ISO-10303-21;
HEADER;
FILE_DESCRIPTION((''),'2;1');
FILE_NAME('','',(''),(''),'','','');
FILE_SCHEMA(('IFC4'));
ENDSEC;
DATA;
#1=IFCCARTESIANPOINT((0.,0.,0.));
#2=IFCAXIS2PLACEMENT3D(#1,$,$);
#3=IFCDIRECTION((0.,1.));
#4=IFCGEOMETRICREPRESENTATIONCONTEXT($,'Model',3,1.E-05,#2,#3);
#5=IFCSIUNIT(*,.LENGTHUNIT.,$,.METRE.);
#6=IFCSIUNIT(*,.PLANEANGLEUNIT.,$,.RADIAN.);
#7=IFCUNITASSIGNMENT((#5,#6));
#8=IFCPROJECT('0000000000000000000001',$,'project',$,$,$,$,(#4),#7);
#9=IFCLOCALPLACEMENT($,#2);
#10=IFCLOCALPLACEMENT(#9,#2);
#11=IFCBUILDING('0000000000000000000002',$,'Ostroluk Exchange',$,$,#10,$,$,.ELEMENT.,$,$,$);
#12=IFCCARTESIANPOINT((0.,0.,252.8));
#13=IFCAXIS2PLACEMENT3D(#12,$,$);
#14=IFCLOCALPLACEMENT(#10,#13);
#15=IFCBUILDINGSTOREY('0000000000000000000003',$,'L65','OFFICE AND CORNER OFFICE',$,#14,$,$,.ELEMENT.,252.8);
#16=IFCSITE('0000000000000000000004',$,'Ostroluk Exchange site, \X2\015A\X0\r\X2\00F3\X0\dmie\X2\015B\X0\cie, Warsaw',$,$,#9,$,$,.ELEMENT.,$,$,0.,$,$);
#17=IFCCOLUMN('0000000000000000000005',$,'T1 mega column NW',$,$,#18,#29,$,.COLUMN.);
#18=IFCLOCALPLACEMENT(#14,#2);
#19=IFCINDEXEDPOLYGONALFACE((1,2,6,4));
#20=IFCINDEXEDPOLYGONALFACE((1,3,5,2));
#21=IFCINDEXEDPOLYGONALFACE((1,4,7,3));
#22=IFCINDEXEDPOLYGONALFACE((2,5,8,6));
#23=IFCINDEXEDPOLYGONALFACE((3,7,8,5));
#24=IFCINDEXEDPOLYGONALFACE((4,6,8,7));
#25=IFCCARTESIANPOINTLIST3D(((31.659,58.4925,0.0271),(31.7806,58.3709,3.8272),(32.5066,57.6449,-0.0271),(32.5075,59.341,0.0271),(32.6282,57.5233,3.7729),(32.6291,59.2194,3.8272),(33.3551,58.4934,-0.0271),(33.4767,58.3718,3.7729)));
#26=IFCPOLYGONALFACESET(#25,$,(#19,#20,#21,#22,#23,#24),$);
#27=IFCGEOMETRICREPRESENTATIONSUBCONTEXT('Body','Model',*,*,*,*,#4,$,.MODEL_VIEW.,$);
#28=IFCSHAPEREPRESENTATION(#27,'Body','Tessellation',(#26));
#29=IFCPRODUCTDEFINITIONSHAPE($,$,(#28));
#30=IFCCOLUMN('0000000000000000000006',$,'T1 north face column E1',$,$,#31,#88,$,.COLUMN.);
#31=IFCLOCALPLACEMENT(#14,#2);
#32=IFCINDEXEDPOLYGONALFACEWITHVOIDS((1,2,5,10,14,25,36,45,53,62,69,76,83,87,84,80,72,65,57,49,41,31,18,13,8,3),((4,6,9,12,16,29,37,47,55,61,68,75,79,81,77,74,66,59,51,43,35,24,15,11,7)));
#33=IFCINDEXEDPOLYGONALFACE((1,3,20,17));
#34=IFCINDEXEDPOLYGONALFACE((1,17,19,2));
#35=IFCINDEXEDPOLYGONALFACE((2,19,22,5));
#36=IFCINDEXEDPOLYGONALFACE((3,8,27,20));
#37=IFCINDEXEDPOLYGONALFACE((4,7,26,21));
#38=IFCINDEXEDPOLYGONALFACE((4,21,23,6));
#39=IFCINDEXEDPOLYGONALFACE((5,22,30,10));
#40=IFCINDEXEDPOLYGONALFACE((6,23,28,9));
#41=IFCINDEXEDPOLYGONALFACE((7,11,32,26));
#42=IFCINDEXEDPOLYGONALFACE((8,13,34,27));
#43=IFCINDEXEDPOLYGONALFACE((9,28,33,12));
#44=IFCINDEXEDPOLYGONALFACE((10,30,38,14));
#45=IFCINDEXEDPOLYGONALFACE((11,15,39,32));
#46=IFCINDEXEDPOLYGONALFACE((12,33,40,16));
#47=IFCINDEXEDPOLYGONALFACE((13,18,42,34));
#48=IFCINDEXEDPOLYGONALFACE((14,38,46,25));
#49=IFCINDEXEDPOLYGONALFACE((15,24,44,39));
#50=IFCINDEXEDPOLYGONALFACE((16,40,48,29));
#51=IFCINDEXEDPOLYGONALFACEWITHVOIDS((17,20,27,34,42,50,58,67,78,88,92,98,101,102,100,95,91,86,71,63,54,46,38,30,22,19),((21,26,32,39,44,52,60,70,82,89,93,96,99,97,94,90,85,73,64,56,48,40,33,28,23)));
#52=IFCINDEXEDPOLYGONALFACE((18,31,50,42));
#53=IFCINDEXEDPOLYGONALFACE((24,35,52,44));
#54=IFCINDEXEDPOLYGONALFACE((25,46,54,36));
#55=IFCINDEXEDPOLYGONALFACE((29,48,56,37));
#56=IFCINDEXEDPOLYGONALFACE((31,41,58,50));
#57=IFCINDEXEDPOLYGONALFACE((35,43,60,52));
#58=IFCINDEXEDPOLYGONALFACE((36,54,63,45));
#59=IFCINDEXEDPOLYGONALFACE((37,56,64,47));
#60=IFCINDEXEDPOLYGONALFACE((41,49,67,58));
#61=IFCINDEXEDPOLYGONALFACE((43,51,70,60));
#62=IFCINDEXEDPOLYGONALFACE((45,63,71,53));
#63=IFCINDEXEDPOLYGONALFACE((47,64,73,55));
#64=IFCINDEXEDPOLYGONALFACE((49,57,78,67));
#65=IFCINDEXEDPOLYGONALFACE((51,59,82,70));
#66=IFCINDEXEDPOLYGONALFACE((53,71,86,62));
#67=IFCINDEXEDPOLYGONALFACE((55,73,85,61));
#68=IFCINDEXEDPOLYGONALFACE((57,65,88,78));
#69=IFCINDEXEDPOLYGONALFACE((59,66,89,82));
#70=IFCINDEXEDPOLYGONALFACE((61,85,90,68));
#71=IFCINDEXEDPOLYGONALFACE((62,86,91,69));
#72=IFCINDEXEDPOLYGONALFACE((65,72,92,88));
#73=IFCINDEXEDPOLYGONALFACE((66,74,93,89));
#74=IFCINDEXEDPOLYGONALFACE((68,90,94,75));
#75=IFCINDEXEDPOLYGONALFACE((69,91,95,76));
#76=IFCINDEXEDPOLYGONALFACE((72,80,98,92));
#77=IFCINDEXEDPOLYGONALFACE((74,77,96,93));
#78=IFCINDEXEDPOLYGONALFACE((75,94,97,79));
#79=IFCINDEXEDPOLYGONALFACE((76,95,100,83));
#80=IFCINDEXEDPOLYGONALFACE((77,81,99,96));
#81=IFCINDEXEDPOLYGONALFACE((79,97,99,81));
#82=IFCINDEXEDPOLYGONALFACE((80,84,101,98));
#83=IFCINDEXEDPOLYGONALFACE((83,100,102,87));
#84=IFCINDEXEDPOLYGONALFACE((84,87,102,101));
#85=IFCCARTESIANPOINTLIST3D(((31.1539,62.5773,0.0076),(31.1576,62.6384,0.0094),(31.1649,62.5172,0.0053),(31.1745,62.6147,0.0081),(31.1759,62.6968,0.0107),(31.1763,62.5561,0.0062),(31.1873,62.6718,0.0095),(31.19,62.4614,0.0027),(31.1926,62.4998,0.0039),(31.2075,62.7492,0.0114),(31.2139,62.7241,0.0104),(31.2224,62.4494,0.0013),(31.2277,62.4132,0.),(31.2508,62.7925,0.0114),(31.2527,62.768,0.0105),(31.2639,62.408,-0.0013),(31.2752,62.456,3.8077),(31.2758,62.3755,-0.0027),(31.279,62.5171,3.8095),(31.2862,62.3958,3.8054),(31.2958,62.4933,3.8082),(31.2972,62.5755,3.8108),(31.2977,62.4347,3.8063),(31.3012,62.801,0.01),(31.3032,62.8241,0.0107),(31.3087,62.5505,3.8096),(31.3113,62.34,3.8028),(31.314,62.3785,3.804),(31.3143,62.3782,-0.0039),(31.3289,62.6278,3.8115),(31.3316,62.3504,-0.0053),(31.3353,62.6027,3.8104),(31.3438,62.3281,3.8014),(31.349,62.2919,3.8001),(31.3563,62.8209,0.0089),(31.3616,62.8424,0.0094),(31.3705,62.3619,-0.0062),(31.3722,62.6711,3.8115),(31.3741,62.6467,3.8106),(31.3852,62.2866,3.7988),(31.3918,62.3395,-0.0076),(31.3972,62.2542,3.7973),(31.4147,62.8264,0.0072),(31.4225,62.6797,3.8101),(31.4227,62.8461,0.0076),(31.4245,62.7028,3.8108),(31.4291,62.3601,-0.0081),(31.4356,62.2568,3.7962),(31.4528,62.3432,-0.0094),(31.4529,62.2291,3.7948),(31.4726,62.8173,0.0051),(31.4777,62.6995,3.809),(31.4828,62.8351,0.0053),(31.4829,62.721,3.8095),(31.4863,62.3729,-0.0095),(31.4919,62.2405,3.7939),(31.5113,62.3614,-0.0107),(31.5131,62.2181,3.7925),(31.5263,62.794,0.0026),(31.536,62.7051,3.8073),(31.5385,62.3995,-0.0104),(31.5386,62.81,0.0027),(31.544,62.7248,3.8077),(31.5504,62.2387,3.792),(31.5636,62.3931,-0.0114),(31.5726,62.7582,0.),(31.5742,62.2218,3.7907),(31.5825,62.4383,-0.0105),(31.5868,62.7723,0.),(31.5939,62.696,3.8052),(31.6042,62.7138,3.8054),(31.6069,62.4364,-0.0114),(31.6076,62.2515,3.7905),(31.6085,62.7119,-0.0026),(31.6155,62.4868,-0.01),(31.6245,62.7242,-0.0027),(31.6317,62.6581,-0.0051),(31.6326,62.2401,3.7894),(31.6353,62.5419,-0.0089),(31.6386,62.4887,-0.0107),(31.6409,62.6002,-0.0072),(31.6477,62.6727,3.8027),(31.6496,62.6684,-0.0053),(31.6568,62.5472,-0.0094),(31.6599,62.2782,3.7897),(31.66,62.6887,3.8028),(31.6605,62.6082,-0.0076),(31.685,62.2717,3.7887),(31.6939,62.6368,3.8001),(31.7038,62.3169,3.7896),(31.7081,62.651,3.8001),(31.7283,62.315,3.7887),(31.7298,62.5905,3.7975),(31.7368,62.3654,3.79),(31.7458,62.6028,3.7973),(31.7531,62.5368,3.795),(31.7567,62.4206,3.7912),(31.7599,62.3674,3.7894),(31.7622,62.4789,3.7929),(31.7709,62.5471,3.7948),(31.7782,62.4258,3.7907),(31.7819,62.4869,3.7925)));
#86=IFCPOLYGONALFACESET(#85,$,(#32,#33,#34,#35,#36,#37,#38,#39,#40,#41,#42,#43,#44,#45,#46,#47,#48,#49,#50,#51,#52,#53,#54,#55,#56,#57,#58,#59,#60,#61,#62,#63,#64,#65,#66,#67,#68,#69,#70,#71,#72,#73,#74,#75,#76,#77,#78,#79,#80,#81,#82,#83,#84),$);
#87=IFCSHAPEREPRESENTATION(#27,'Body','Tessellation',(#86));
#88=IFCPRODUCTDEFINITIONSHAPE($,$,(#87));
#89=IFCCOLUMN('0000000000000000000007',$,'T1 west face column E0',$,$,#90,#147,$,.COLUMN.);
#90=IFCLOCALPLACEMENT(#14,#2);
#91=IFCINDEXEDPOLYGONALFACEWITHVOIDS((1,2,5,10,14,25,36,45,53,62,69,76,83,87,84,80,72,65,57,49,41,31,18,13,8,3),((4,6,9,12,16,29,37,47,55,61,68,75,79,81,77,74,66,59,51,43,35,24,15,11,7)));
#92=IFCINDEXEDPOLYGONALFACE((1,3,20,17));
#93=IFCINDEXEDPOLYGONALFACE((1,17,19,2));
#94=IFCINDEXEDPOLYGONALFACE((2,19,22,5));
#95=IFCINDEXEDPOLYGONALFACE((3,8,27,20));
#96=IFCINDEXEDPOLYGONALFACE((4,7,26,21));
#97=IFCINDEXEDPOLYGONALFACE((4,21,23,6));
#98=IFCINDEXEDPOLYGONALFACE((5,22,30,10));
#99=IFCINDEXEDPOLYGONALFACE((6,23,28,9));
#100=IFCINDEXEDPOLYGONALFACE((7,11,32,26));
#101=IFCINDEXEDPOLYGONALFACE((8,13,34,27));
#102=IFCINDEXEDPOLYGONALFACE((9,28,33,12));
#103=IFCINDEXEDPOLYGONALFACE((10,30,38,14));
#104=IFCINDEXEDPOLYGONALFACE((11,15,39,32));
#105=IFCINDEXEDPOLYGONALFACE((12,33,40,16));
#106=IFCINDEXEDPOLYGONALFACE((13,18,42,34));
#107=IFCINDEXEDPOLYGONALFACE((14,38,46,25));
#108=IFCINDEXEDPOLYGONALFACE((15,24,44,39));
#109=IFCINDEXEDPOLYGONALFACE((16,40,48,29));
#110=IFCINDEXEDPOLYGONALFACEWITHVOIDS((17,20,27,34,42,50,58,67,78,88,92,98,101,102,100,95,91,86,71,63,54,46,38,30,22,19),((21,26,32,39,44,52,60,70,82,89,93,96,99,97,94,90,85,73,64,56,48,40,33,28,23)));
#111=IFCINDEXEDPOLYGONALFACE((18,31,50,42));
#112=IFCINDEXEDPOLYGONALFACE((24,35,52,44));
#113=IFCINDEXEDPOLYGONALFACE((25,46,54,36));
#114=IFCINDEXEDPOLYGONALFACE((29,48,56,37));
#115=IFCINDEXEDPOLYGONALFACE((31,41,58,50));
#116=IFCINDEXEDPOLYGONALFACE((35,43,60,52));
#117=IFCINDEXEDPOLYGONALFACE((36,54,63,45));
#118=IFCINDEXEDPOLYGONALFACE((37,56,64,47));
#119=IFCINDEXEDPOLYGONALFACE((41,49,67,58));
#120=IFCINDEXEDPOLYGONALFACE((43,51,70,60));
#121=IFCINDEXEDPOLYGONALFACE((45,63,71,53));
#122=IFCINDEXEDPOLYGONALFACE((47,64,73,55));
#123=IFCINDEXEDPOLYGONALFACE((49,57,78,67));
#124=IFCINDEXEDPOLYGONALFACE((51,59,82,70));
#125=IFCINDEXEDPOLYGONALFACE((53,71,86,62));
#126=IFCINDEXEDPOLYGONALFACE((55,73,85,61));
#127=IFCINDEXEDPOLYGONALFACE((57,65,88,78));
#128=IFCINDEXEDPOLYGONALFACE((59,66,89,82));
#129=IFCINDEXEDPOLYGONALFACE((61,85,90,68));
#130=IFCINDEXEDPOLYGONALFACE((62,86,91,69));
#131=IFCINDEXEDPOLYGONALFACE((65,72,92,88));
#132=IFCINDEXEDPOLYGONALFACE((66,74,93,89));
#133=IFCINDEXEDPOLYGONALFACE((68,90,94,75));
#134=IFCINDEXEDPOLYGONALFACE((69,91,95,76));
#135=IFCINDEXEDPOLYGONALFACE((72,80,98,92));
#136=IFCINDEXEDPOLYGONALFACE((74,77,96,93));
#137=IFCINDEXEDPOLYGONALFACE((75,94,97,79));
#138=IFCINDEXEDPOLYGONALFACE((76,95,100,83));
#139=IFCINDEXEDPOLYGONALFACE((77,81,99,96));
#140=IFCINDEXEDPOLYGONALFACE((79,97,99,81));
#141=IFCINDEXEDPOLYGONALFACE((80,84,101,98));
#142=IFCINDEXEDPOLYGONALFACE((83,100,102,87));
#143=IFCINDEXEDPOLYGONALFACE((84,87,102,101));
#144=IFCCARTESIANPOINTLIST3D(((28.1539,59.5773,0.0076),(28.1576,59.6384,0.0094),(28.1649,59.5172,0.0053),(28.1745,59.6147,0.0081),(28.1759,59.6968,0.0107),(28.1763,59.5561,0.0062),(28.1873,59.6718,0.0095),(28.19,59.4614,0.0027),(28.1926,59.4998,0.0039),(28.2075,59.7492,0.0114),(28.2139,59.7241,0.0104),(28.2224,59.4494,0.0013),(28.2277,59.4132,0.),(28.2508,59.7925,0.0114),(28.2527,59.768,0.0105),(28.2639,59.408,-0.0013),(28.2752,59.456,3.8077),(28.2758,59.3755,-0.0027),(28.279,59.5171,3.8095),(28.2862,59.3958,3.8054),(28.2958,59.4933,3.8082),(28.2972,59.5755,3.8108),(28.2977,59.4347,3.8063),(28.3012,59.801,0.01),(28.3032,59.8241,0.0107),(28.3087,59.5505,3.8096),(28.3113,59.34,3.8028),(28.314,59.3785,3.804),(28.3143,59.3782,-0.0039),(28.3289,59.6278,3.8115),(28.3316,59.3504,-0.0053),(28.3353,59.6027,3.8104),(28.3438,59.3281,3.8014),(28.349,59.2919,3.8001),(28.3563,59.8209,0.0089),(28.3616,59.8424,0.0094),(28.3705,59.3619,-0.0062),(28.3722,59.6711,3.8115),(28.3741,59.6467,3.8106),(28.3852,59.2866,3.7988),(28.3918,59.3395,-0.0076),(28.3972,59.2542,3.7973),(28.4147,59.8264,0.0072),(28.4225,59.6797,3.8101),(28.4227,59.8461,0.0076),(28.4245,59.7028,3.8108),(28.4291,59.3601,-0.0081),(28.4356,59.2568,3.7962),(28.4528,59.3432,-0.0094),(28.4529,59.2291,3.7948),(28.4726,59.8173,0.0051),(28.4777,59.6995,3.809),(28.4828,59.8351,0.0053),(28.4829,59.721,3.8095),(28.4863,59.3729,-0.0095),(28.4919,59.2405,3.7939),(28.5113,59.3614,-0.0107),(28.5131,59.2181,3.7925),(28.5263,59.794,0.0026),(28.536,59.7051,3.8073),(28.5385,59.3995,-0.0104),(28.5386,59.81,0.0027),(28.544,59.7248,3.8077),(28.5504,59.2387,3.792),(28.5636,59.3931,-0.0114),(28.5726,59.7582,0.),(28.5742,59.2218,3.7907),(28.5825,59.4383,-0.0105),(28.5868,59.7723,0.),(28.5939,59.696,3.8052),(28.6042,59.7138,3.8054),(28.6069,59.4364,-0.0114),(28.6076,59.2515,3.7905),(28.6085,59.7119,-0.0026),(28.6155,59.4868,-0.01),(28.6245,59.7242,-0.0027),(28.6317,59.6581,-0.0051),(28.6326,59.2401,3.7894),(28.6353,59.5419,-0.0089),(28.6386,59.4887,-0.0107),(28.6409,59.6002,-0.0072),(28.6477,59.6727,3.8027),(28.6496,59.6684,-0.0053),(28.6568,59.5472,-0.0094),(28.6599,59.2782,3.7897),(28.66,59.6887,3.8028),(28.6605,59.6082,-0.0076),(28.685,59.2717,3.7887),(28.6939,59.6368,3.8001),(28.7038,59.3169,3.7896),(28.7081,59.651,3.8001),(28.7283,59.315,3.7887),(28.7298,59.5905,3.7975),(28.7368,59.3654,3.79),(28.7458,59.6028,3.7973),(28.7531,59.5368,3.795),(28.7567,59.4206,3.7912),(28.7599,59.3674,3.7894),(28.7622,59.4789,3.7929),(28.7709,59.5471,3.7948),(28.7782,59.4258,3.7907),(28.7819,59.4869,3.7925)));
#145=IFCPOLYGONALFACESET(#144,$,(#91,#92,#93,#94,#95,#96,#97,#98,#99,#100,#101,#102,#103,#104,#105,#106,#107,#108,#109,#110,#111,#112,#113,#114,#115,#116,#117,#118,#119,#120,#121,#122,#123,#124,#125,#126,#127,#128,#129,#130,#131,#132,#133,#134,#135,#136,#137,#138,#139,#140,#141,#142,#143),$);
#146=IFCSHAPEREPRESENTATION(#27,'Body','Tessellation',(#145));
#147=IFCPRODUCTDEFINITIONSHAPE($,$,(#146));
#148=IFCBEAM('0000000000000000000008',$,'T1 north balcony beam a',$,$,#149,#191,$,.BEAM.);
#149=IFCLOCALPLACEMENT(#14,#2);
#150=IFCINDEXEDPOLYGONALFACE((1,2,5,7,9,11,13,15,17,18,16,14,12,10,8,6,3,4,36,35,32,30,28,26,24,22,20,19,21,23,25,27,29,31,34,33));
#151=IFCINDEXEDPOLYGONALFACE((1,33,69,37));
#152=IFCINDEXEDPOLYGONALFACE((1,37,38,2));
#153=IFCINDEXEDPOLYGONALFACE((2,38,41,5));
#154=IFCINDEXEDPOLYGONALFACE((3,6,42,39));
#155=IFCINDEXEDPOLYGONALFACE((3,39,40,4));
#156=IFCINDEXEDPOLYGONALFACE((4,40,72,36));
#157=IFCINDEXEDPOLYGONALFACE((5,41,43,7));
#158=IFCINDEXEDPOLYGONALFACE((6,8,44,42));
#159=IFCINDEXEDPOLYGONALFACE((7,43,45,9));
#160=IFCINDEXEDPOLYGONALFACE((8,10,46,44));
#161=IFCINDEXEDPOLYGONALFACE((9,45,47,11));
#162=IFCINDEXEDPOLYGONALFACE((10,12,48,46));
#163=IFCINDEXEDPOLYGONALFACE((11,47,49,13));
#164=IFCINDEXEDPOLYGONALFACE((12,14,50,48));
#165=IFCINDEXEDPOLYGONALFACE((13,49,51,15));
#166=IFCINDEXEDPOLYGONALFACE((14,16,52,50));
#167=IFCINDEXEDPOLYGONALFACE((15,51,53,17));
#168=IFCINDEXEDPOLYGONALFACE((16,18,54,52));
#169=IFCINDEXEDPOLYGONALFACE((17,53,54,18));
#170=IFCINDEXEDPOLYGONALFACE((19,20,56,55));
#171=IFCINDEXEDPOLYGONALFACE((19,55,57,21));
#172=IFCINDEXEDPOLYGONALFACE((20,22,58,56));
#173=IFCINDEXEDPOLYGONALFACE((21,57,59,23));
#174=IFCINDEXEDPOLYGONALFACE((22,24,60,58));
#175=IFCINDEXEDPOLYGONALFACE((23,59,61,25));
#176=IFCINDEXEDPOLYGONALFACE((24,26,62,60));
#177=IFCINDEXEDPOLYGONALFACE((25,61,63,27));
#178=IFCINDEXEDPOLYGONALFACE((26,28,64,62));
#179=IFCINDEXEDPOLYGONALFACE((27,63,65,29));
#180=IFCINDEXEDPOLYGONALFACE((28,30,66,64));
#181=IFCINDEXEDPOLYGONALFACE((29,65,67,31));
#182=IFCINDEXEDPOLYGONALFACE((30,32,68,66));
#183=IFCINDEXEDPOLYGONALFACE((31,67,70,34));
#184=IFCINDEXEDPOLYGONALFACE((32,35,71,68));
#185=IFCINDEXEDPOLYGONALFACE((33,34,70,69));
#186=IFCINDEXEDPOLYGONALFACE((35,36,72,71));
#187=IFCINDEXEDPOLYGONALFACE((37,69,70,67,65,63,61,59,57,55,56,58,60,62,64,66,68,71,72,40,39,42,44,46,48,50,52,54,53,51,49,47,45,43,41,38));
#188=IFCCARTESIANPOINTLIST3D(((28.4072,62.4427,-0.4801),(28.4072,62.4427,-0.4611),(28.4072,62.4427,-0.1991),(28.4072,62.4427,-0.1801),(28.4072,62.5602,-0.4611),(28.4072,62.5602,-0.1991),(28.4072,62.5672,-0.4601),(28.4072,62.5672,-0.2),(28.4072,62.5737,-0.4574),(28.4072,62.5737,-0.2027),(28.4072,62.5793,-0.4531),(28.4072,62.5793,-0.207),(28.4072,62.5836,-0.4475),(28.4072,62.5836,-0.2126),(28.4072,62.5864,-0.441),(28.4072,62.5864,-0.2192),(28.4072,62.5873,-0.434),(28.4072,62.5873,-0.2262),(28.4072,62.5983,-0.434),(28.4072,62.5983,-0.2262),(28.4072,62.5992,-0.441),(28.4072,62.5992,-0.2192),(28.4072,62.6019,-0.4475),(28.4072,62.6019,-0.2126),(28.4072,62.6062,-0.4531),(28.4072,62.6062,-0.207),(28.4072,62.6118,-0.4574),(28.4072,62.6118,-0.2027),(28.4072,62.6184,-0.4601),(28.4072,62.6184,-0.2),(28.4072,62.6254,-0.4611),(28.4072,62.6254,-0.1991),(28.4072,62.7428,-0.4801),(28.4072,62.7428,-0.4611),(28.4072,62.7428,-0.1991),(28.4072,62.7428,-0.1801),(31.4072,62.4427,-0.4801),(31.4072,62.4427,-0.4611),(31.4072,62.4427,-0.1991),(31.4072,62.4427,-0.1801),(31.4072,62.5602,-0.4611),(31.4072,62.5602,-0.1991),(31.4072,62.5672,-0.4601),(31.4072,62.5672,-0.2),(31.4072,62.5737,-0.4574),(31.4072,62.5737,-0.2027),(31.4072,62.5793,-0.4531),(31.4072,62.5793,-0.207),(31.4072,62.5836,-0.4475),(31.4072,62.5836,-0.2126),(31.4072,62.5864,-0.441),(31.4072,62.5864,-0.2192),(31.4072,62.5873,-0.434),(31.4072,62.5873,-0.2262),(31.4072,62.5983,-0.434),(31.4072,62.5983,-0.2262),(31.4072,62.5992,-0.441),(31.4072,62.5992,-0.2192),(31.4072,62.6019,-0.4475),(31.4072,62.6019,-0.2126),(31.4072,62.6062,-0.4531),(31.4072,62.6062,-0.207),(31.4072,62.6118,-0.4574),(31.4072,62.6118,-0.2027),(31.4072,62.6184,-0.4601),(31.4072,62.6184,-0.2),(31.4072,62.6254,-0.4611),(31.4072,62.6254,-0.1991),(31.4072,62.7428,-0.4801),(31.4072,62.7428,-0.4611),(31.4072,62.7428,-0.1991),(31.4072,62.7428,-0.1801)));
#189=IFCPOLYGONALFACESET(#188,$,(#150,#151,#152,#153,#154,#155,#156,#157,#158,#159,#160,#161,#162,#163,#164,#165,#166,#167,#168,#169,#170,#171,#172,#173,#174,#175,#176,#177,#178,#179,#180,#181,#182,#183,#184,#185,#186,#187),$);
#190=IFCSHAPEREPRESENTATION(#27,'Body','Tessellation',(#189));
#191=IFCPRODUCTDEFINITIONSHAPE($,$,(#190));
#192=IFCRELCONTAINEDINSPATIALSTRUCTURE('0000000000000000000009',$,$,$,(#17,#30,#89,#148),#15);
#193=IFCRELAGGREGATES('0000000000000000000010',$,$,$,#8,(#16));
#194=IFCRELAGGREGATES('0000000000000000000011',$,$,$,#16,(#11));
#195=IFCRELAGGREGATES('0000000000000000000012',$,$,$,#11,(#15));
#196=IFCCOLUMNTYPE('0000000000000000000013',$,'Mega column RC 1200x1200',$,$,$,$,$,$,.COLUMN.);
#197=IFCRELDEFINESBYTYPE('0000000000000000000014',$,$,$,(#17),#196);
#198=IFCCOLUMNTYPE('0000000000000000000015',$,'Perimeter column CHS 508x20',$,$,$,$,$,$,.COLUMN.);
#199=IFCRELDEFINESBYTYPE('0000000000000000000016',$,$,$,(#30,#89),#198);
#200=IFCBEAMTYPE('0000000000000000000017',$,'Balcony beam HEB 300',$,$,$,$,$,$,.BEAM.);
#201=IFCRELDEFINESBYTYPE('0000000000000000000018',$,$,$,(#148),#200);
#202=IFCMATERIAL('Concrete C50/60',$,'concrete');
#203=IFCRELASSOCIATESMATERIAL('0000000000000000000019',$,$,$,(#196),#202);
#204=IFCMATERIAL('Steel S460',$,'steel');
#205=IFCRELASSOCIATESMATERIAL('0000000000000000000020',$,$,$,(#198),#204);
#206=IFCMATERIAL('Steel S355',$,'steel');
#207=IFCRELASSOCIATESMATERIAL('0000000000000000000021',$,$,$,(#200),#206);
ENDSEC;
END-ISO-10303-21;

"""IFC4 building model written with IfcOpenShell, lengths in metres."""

from ifc_helpers import new_model, si_unit, direction, frame, origin, origin_2d, place, context, subcontext, project, spatial, rectangle, hollow_circle, i_section, extrude, material, material_profile, profile_set, type_object, element, save


model = new_model("IFC4")

# Units and contexts
model_context = context("Model", 3, precision=1e-05, world=origin(), true_north=direction((0.0, 1.0)))
body_context = subcontext(model_context, "Body", "Model", "MODEL_VIEW")
ifc_project = project(units=[si_unit("LENGTHUNIT", "METRE"), si_unit("PLANEANGLEUNIT", "RADIAN")], contexts=[model_context])

# Site, building, storey
site_placement = place(None, origin())
site = spatial("IfcSite", under=ifc_project, at=site_placement, Name="Ostroluk Exchange site, Śródmieście, Warsaw", CompositionType="ELEMENT", RefElevation=0.0)
building_placement = place(site_placement, origin())
building = spatial("IfcBuilding", under=site, at=building_placement, Name="Ostroluk Exchange", CompositionType="ELEMENT")
storey_placement = place(building_placement, frame((0.0, 0.0, 252.8)))
storey = spatial("IfcBuildingStorey", under=building, at=storey_placement, Name="L65", Description="OFFICE AND CORNER OFFICE", CompositionType="ELEMENT", Elevation=252.8)

# Columns
ifc_material_1 = material(Name="Concrete C50/60", Category="concrete")
ifc_material_profile_1 = material_profile(ifc_material_1, rectangle(XDim=1.2, YDim=1.2, at=origin_2d()), Name="RC 1200x1200")
ifc_profile_set_1 = profile_set([ifc_material_profile_1], Name="Concrete C50/60")
column_type_1 = type_object("IfcColumnType", Name="Mega column RC 1200x1200", PredefinedType="COLUMN", material=ifc_profile_set_1)
column_placement = place(storey_placement, frame((32.5071, 58.4929, 0.0), z_axis=(0.031962, -0.031962, 0.998978), x_axis=(0.707107, 0.707107, 0.0)))
element("IfcColumn", 1, at=column_placement, inside=storey, type_object=column_type_1, Name="T1 mega column NW", PredefinedType="COLUMN", context=body_context, shape_type="SweptSolid", body=[
    extrude(rectangle(XDim=1.2, YDim=1.2, at=origin_2d()), origin(), (0.0, 0.0, 1.0), 3.804),
])
ifc_material_2 = material(Name="Steel S460", Category="steel")
ifc_material_profile_2 = material_profile(ifc_material_2, hollow_circle(Radius=0.2539, WallThickness=0.02, at=origin_2d()), Name="CHS 508x20")
ifc_profile_set_2 = profile_set([ifc_material_profile_2], Name="Steel S460")
column_type_2 = type_object("IfcColumnType", Name="Perimeter column CHS 508x20", PredefinedType="COLUMN", material=ifc_profile_set_2)
for number, where, z_axis, x_axis, name in (
    (2, (31.4072, 62.5928, 0.0), (0.031898, -0.031898, 0.998982), (0.707107, 0.707107, 0.0), "T1 north face column E1"),
    (3, (28.4072, 59.5928, 0.0), (0.031898, -0.031898, 0.998982), (0.707107, 0.707107, 0.0), "T1 west face column E0"),
):
    element("IfcColumn", number, at=place(storey_placement, frame(where, z_axis=z_axis, x_axis=x_axis)), inside=storey, type_object=column_type_2, Name=name, PredefinedType="COLUMN", context=body_context, shape_type="SweptSolid", body=[
        extrude(hollow_circle(Radius=0.2539, WallThickness=0.02, at=origin_2d()), origin(), (0.0, 0.0, 1.0), 3.804),
    ])

# Beam
ifc_material_3 = material(Name="Steel S355", Category="steel")
ifc_material_profile_3 = material_profile(ifc_material_3, i_section(OverallWidth=0.3, OverallDepth=0.3, WebThickness=0.011, FlangeThickness=0.019, FilletRadius=0.0271, at=origin_2d()), Name="HEB 300")
ifc_profile_set_3 = profile_set([ifc_material_profile_3], Name="Steel S355")
beam_type_1 = type_object("IfcBeamType", Name="Balcony beam HEB 300", PredefinedType="BEAM", material=ifc_profile_set_3)
for number, where, z_axis, x_axis, name in (
    (4, (31.4072, 62.5928, -0.3301), (-1.0, 0.0, 0.0), (0.0, -1.0, 0.0), "T1 north balcony beam a"),
):
    element("IfcBeam", number, at=place(storey_placement, frame(where, z_axis=z_axis, x_axis=x_axis)), inside=storey, type_object=beam_type_1, Name=name, PredefinedType="BEAM", context=body_context, shape_type="SweptSolid", body=[
        extrude(i_section(OverallWidth=0.3, OverallDepth=0.3, WebThickness=0.011, FlangeThickness=0.019, FilletRadius=0.0271, at=origin_2d()), origin(), (0.0, 0.0, 1.0), 3.0),
    ])

save(model, "model.ifc")
